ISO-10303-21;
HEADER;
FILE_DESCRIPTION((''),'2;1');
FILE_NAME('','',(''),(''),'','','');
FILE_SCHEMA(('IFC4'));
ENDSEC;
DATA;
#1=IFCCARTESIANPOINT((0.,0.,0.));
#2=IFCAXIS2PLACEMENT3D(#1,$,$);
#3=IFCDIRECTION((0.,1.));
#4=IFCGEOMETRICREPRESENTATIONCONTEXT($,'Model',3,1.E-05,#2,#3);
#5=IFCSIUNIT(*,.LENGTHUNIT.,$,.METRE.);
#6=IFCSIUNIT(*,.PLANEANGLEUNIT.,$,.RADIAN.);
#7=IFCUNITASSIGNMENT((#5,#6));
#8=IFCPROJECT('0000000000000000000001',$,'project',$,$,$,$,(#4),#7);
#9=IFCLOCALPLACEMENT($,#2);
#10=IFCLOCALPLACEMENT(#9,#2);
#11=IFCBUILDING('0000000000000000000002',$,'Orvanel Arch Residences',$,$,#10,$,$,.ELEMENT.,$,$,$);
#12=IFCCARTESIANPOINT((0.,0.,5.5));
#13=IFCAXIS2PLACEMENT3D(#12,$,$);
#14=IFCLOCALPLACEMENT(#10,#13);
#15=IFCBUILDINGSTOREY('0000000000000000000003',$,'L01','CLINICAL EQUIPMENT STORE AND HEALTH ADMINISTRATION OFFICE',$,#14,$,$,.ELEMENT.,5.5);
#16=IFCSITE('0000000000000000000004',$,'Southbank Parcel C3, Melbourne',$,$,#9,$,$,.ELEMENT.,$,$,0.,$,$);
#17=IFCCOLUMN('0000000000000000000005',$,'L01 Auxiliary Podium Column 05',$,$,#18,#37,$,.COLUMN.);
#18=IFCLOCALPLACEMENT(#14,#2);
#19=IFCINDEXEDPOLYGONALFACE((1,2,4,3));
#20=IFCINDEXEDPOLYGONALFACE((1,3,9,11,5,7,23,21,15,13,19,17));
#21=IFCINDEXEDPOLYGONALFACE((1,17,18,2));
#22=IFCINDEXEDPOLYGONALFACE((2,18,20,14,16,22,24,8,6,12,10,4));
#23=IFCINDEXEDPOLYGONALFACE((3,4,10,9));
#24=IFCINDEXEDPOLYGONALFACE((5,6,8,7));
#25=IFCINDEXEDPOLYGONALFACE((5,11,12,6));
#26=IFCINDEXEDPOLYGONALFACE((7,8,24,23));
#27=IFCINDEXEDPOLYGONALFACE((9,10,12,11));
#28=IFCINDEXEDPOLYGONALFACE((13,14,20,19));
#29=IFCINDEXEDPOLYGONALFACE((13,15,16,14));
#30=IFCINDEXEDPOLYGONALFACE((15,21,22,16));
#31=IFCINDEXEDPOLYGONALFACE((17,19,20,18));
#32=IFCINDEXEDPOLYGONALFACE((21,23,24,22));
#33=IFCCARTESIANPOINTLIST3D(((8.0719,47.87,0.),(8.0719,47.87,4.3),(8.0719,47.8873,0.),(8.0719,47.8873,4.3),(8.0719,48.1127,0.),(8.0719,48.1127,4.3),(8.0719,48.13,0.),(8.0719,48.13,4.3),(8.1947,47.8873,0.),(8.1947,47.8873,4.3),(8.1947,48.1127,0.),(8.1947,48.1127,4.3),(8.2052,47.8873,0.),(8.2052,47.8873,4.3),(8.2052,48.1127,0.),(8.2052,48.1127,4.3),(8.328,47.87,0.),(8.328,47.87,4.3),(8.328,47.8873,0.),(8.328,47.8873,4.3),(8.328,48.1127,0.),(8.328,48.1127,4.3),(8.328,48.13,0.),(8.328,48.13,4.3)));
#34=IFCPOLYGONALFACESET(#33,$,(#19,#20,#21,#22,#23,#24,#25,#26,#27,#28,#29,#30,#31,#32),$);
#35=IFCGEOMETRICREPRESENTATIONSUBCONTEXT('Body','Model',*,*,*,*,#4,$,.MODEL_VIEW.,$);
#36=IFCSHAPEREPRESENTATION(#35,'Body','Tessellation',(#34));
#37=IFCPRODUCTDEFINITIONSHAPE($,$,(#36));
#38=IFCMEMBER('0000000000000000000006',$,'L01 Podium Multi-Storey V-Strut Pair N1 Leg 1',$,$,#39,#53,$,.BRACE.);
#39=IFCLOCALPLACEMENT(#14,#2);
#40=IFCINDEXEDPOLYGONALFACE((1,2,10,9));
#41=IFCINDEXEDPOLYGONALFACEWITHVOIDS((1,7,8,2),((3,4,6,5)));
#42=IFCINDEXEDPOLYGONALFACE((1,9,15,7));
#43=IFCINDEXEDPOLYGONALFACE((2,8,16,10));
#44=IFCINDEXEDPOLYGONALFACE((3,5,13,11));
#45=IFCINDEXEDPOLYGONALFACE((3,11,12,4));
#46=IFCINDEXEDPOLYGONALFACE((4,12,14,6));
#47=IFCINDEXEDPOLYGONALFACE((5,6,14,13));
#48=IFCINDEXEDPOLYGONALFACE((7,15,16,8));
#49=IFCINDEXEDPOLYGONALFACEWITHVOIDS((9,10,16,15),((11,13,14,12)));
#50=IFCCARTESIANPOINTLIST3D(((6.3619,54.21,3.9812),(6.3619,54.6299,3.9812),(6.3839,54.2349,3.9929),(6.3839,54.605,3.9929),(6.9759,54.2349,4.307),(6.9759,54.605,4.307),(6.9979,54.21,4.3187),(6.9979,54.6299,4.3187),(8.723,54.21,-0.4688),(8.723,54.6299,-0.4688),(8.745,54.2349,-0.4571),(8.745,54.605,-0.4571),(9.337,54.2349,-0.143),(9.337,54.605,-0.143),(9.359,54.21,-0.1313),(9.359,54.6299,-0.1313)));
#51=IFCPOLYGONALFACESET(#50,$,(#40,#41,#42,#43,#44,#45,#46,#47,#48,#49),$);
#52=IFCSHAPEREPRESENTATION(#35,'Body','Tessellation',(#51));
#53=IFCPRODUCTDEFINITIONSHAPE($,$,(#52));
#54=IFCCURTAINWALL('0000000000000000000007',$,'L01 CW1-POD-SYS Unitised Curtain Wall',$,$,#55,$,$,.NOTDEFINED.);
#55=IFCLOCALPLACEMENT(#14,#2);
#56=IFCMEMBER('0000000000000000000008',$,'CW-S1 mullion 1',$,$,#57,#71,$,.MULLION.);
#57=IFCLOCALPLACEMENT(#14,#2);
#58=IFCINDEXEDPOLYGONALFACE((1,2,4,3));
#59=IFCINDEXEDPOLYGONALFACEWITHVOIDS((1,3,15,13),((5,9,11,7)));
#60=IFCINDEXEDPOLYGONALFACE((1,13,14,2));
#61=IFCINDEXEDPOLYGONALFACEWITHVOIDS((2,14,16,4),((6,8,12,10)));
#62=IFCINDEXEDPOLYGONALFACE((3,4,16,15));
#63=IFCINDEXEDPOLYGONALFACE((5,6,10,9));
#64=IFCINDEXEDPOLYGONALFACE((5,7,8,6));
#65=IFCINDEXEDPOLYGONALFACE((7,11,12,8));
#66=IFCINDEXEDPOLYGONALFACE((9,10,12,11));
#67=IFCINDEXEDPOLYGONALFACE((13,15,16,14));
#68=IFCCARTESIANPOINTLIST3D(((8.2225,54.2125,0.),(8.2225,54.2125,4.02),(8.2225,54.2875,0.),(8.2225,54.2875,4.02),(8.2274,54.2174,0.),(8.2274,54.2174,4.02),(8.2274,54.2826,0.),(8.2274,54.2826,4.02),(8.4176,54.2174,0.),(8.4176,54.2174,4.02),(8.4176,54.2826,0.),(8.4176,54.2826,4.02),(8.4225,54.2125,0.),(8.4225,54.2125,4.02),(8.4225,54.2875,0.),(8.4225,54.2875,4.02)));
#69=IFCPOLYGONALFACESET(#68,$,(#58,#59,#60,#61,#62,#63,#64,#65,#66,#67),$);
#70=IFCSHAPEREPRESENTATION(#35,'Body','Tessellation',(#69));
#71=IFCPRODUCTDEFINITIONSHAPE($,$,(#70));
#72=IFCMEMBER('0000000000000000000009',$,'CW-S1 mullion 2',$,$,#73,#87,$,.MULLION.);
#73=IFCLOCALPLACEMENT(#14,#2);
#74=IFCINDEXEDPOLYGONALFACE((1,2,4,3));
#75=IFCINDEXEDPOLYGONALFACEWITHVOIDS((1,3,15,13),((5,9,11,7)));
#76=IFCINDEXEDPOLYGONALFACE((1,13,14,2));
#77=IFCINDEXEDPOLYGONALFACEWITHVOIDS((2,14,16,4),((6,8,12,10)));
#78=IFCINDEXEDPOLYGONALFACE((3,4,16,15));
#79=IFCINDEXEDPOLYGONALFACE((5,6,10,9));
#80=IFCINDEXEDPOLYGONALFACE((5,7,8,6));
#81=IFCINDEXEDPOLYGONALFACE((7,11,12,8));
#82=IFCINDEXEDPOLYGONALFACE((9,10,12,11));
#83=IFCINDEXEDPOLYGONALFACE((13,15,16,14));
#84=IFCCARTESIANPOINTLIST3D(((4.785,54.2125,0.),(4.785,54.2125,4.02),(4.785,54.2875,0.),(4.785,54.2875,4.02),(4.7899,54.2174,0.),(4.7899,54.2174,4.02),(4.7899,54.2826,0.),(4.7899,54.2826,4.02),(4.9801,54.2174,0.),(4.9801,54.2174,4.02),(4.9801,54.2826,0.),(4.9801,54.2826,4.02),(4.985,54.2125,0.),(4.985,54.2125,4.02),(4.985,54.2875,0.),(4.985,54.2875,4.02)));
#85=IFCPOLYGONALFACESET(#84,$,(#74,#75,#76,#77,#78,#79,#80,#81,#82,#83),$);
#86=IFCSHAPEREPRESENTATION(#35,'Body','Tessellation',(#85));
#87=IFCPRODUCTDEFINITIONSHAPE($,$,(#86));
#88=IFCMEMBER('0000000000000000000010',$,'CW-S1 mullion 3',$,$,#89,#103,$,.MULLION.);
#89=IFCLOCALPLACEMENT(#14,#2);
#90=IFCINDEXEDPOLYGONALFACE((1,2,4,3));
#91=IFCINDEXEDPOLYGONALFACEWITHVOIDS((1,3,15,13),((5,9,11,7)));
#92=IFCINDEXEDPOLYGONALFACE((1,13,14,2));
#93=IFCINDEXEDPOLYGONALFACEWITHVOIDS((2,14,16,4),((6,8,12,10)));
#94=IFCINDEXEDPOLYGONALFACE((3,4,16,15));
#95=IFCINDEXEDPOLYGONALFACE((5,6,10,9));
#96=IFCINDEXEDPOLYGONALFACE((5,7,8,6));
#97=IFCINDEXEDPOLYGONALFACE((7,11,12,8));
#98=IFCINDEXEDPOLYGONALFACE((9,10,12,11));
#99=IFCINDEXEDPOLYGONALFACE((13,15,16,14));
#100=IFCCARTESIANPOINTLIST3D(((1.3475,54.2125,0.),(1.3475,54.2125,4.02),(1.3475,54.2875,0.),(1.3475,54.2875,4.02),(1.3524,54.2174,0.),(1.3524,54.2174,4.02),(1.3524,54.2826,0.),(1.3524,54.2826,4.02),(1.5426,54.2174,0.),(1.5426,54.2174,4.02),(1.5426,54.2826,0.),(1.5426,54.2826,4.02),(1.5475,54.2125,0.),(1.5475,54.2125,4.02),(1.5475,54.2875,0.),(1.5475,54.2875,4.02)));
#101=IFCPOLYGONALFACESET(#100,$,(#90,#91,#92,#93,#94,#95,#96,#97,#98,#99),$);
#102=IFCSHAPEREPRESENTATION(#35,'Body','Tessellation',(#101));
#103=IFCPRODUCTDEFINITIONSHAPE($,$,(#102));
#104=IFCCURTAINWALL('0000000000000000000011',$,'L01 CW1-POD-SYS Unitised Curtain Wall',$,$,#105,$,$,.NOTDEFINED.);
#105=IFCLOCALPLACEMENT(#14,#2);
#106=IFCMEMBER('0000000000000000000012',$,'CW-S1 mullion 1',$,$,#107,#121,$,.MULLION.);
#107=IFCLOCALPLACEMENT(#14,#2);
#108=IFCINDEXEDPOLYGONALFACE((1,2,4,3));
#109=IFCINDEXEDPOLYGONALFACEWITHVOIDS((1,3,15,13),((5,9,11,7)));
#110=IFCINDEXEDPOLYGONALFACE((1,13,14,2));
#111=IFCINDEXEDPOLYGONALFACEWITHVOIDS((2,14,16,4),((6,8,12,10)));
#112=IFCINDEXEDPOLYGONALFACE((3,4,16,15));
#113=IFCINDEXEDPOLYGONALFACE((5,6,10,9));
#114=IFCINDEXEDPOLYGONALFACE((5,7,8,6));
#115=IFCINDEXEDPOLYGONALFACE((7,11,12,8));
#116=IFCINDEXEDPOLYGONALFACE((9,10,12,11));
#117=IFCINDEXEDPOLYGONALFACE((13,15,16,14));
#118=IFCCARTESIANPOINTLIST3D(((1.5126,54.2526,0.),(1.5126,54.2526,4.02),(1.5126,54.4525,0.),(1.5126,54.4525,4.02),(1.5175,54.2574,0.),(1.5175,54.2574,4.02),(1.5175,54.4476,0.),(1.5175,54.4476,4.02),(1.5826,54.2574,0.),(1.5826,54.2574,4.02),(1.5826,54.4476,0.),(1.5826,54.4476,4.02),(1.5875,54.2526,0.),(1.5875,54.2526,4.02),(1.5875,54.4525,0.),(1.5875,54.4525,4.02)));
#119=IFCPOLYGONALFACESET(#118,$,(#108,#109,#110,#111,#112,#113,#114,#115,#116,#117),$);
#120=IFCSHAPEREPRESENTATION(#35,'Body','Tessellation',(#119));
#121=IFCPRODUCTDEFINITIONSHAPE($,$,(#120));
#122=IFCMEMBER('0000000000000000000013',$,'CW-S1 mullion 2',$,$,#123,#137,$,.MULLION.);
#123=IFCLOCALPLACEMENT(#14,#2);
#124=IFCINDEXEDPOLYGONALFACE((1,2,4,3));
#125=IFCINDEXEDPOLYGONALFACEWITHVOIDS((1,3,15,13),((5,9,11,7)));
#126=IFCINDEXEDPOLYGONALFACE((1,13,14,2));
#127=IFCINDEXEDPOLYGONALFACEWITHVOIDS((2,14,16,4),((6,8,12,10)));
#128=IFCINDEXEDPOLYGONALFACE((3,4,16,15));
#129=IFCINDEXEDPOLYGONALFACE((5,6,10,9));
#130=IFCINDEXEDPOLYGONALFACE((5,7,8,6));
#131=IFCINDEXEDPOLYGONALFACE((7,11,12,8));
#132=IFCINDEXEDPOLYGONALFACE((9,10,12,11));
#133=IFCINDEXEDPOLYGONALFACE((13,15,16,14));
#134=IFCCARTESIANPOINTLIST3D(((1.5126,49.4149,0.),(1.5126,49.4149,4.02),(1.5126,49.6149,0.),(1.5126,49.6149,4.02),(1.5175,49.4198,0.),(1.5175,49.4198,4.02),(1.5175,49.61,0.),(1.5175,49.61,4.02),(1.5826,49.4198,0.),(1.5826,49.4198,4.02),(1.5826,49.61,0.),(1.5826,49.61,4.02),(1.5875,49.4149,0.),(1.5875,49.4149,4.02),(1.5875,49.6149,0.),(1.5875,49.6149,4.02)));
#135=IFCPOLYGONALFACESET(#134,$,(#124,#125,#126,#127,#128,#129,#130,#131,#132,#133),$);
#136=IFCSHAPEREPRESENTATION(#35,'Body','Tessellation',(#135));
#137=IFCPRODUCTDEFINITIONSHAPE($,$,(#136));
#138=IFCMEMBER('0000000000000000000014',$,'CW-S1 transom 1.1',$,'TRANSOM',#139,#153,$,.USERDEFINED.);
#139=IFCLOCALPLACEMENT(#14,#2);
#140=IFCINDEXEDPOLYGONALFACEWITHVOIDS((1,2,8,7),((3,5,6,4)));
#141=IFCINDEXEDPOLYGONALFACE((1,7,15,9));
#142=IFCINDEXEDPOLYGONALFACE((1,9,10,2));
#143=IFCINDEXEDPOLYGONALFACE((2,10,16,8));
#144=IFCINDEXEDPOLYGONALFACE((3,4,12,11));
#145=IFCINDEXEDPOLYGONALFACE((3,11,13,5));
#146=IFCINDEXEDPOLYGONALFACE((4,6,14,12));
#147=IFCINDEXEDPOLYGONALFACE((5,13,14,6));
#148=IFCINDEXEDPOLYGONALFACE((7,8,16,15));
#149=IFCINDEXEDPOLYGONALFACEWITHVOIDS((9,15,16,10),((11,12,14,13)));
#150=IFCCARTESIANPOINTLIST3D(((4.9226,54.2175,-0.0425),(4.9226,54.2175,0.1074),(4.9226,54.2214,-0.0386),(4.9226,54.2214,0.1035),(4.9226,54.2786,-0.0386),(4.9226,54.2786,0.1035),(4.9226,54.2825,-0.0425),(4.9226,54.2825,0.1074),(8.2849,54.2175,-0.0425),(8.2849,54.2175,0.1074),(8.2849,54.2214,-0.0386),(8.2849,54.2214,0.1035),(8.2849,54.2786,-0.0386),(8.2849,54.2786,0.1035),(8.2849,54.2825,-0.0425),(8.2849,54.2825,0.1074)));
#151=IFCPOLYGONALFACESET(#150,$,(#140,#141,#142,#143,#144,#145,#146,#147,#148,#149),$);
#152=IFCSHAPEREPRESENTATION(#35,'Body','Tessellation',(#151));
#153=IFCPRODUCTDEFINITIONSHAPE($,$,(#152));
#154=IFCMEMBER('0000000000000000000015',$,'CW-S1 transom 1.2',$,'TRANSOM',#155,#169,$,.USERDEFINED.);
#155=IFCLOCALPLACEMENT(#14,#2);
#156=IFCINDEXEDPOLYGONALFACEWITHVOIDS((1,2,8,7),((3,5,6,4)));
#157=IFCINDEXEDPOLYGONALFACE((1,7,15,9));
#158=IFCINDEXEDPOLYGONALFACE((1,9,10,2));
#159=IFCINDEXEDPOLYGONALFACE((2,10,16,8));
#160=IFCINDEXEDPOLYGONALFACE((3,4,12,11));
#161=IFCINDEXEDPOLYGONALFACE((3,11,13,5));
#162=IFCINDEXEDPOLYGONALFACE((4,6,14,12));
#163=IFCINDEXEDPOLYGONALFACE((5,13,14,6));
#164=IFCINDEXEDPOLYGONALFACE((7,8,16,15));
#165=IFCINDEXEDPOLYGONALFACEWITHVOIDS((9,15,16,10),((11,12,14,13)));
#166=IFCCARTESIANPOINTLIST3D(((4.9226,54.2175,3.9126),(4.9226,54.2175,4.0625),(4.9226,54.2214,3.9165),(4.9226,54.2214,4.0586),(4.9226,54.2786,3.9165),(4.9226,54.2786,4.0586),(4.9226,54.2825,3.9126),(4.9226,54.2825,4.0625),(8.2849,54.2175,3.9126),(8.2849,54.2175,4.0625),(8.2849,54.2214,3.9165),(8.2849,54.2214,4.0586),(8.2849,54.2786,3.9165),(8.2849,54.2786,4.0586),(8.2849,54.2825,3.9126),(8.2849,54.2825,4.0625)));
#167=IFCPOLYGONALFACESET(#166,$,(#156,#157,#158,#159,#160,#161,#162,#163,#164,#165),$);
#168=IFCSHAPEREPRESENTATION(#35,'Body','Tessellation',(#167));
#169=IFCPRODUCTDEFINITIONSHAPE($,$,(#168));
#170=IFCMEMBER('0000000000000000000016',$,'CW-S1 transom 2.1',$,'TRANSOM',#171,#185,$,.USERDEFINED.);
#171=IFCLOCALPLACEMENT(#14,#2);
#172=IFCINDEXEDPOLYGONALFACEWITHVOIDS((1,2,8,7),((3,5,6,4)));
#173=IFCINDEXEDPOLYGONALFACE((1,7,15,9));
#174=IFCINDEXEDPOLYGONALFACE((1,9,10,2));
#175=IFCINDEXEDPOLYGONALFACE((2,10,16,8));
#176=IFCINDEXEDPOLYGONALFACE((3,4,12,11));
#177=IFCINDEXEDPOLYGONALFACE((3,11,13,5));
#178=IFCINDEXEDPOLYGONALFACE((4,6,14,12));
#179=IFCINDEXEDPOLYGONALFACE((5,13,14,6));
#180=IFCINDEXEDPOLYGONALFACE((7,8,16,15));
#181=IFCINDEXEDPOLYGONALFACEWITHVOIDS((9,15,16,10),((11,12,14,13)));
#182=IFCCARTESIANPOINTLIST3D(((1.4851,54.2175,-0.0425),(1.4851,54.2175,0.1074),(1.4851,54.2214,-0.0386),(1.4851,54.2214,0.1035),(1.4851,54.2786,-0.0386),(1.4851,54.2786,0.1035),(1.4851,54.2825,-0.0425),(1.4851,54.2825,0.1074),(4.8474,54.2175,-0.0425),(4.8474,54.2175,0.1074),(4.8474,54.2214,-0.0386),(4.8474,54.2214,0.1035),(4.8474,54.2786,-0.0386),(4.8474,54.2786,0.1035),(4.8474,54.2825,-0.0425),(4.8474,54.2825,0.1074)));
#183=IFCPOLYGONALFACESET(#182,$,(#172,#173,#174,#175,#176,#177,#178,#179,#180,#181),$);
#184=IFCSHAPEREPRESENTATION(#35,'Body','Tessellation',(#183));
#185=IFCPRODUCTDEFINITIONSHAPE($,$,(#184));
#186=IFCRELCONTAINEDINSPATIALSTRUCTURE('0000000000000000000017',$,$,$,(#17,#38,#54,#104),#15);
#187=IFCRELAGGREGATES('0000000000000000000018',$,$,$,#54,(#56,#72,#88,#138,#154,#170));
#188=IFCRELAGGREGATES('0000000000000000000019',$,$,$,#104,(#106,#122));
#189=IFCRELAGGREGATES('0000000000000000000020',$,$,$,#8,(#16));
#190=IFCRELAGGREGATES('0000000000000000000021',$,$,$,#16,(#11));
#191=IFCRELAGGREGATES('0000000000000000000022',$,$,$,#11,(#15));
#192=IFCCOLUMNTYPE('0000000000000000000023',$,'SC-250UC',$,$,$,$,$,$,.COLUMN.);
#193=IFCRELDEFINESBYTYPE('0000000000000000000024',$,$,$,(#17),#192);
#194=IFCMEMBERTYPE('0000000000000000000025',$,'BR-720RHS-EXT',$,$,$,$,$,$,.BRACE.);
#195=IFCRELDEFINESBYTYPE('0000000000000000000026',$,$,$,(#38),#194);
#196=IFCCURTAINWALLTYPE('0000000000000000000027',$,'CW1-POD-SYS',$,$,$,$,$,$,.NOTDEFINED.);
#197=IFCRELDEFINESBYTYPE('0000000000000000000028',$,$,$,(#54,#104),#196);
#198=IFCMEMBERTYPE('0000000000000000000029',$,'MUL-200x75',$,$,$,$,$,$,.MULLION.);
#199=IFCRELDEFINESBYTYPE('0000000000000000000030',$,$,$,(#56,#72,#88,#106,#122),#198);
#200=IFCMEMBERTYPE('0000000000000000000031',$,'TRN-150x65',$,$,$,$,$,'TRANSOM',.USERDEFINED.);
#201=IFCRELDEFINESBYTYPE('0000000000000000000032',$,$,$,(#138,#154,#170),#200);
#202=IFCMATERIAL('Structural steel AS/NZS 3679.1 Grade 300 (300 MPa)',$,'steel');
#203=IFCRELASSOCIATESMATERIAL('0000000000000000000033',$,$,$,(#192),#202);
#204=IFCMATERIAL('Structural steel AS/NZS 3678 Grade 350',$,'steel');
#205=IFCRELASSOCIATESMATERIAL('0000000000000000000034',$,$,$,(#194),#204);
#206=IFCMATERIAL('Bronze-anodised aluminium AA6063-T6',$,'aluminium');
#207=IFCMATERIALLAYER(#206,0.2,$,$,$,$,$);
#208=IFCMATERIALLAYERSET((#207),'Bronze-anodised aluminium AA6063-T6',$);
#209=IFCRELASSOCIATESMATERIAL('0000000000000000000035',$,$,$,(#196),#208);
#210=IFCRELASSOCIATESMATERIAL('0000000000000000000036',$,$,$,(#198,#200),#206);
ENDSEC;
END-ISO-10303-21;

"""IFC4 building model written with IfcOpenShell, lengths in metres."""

from ifc_helpers import new_model, si_unit, direction, frame, origin, origin_2d, place, context, subcontext, project, spatial, hollow_rectangle, i_section, extrude, material, layer, layer_set, material_profile, profile_set, type_object, element, aggregate, save


model = new_model("IFC4")

# Units and contexts
model_context = context("Model", 3, precision=1e-05, world=origin(), true_north=direction((0.0, 1.0)))
body_context = subcontext(model_context, "Body", "Model", "MODEL_VIEW")
ifc_project = project(units=[si_unit("LENGTHUNIT", "METRE"), si_unit("PLANEANGLEUNIT", "RADIAN")], contexts=[model_context])

# Site, building, storey
site_placement = place(None, origin())
site = spatial("IfcSite", under=ifc_project, at=site_placement, Name="Southbank Parcel C3, Melbourne", CompositionType="ELEMENT", RefElevation=0.0)
building_placement = place(site_placement, origin())
building = spatial("IfcBuilding", under=site, at=building_placement, Name="Orvanel Arch Residences", CompositionType="ELEMENT")
storey_placement = place(building_placement, frame((0.0, 0.0, 5.5)))
storey = spatial("IfcBuildingStorey", under=building, at=storey_placement, Name="L01", Description="CLINICAL EQUIPMENT STORE AND HEALTH ADMINISTRATION OFFICE", CompositionType="ELEMENT", Elevation=5.5)

# Column
ifc_material_1 = material(Name="Structural steel AS/NZS 3679.1 Grade 300 (300 MPa)", Category="steel")
ifc_material_profile_1 = material_profile(ifc_material_1, i_section(OverallWidth=0.2561, OverallDepth=0.26, WebThickness=0.0105, FlangeThickness=0.0173, at=origin_2d()), Name="250UC89.5")
ifc_profile_set_1 = profile_set([ifc_material_profile_1], Name="Structural steel AS/NZS 3679.1 Grade 300 (300 MPa)")
column_type = type_object("IfcColumnType", Name="SC-250UC", PredefinedType="COLUMN", material=ifc_profile_set_1)
column_placement = place(storey_placement, frame((8.2, 48.0, 0.0), z_axis=(0.0, 0.0, 1.0), x_axis=(1.0, 0.0, 0.0)))
element("IfcColumn", 1, at=column_placement, inside=storey, type_object=column_type, Name="L01 Auxiliary Podium Column 05", PredefinedType="COLUMN", context=body_context, shape_type="SweptSolid", body=[
    extrude(i_section(OverallWidth=0.2561, OverallDepth=0.26, WebThickness=0.0105, FlangeThickness=0.0173, at=origin_2d()), origin(), (0.0, 0.0, 1.0), 4.3),
])

# Member
ifc_material_2 = material(Name="Structural steel AS/NZS 3678 Grade 350", Category="steel")
ifc_material_profile_2 = material_profile(ifc_material_2, hollow_rectangle(XDim=0.4199, YDim=0.72, WallThickness=0.0249, at=origin_2d()), Name="RHS720x420x25")
ifc_profile_set_2 = profile_set([ifc_material_profile_2], Name="Structural steel AS/NZS 3678 Grade 350")
member_type_1 = type_object("IfcMemberType", Name="BR-720RHS-EXT", PredefinedType="BRACE", material=ifc_profile_set_2)
member_1_placement = place(storey_placement, frame((9.041, 54.4199, -0.3), z_axis=(-0.468698, 0.0, 0.883358), x_axis=(0.0, -1.0, 0.0)))
element("IfcMember", 2, at=member_1_placement, inside=storey, type_object=member_type_1, Name="L01 Podium Multi-Storey V-Strut Pair N1 Leg 1", PredefinedType="BRACE", context=body_context, shape_type="SweptSolid", body=[
    extrude(hollow_rectangle(XDim=0.4199, YDim=0.72, WallThickness=0.0249, at=origin_2d()), origin(), (0.0, 0.0, 1.0), 5.0376),
])

# Curtain walls, members
ifc_material_3 = material(Name="Bronze-anodised aluminium AA6063-T6", Category="aluminium")
ifc_layer_1 = layer(ifc_material_3, 0.2)
ifc_layer_set_1 = layer_set([ifc_layer_1], Name="Bronze-anodised aluminium AA6063-T6")
curtain_wall_type = type_object("IfcCurtainWallType", Name="CW1-POD-SYS", PredefinedType="NOTDEFINED", material=ifc_layer_set_1)
curtain_wall_1_placement = place(storey_placement, origin())
curtain_wall_1 = element("IfcCurtainWall", 3, at=curtain_wall_1_placement, inside=storey, type_object=curtain_wall_type, Name="L01 CW1-POD-SYS Unitised Curtain Wall", PredefinedType="NOTDEFINED")
ifc_material_profile_3 = material_profile(ifc_material_3, hollow_rectangle(XDim=0.075, YDim=0.2, WallThickness=0.0049, at=origin_2d()), Name="ALU200x75x5")
ifc_profile_set_3 = profile_set([ifc_material_profile_3], Name="Bronze-anodised aluminium AA6063-T6")
member_type_2 = type_object("IfcMemberType", Name="MUL-200x75", PredefinedType="MULLION", material=ifc_profile_set_3)
member_2_placement = place(storey_placement, frame((8.3225, 54.25, 0.0), z_axis=(0.0, 0.0, 1.0), x_axis=(0.0, -1.0, 0.0)))
member_2 = element("IfcMember", 4, at=member_2_placement, type_object=member_type_2, Name="CW-S1 mullion 1", PredefinedType="MULLION", context=body_context, shape_type="SweptSolid", body=[
    extrude(hollow_rectangle(XDim=0.075, YDim=0.2, WallThickness=0.0049, at=origin_2d()), origin(), (0.0, 0.0, 1.0), 4.02),
])
member_3_placement = place(storey_placement, frame((4.885, 54.25, 0.0), z_axis=(0.0, 0.0, 1.0), x_axis=(0.0, -1.0, 0.0)))
member_3 = element("IfcMember", 5, at=member_3_placement, type_object=member_type_2, Name="CW-S1 mullion 2", PredefinedType="MULLION", context=body_context, shape_type="SweptSolid", body=[
    extrude(hollow_rectangle(XDim=0.075, YDim=0.2, WallThickness=0.0049, at=origin_2d()), origin(), (0.0, 0.0, 1.0), 4.02),
])
member_4_placement = place(storey_placement, frame((1.4475, 54.25, 0.0), z_axis=(0.0, 0.0, 1.0), x_axis=(0.0, -1.0, 0.0)))
member_4 = element("IfcMember", 6, at=member_4_placement, type_object=member_type_2, Name="CW-S1 mullion 3", PredefinedType="MULLION", context=body_context, shape_type="SweptSolid", body=[
    extrude(hollow_rectangle(XDim=0.075, YDim=0.2, WallThickness=0.0049, at=origin_2d()), origin(), (0.0, 0.0, 1.0), 4.02),
])
curtain_wall_2_placement = place(storey_placement, origin())
curtain_wall_2 = element("IfcCurtainWall", 7, at=curtain_wall_2_placement, inside=storey, type_object=curtain_wall_type, Name="L01 CW1-POD-SYS Unitised Curtain Wall", PredefinedType="NOTDEFINED")
member_5_placement = place(storey_placement, frame((1.55, 54.3525, 0.0), z_axis=(0.0, 0.0, 1.0), x_axis=(1.0, 0.0, 0.0)))
member_5 = element("IfcMember", 8, at=member_5_placement, type_object=member_type_2, Name="CW-S1 mullion 1", PredefinedType="MULLION", context=body_context, shape_type="SweptSolid", body=[
    extrude(hollow_rectangle(XDim=0.075, YDim=0.2, WallThickness=0.0049, at=origin_2d()), origin(), (0.0, 0.0, 1.0), 4.02),
])
member_6_placement = place(storey_placement, frame((1.55, 49.5149, 0.0), z_axis=(0.0, 0.0, 1.0), x_axis=(1.0, 0.0, 0.0)))
member_6 = element("IfcMember", 9, at=member_6_placement, type_object=member_type_2, Name="CW-S1 mullion 2", PredefinedType="MULLION", context=body_context, shape_type="SweptSolid", body=[
    extrude(hollow_rectangle(XDim=0.075, YDim=0.2, WallThickness=0.0049, at=origin_2d()), origin(), (0.0, 0.0, 1.0), 4.02),
])

# Members
ifc_material_profile_4 = material_profile(ifc_material_3, hollow_rectangle(XDim=0.0649, YDim=0.1499, WallThickness=0.0039, at=origin_2d()), Name="ALU150x65x4")
ifc_profile_set_4 = profile_set([ifc_material_profile_4], Name="Bronze-anodised aluminium AA6063-T6")
member_type_3 = type_object("IfcMemberType", Name="TRN-150x65", ElementType="TRANSOM", PredefinedType="USERDEFINED", material=ifc_profile_set_4)
member_7_placement = place(storey_placement, frame((8.2849, 54.25, 0.0325), z_axis=(-1.0, 0.0, 0.0), x_axis=(0.0, -1.0, 0.0)))
member_7 = element("IfcMember", 10, at=member_7_placement, type_object=member_type_3, Name="CW-S1 transom 1.1", ObjectType="TRANSOM", PredefinedType="USERDEFINED", context=body_context, shape_type="SweptSolid", body=[
    extrude(hollow_rectangle(XDim=0.0649, YDim=0.1499, WallThickness=0.0039, at=origin_2d()), origin(), (0.0, 0.0, 1.0), 3.3623),
])
member_8_placement = place(storey_placement, frame((8.2849, 54.25, 3.9875), z_axis=(-1.0, 0.0, 0.0), x_axis=(0.0, -1.0, 0.0)))
member_8 = element("IfcMember", 11, at=member_8_placement, type_object=member_type_3, Name="CW-S1 transom 1.2", ObjectType="TRANSOM", PredefinedType="USERDEFINED", context=body_context, shape_type="SweptSolid", body=[
    extrude(hollow_rectangle(XDim=0.0649, YDim=0.1499, WallThickness=0.0039, at=origin_2d()), origin(), (0.0, 0.0, 1.0), 3.3623),
])
member_9_placement = place(storey_placement, frame((4.8474, 54.25, 0.0325), z_axis=(-1.0, 0.0, 0.0), x_axis=(0.0, -1.0, 0.0)))
member_9 = element("IfcMember", 12, at=member_9_placement, type_object=member_type_3, Name="CW-S1 transom 2.1", ObjectType="TRANSOM", PredefinedType="USERDEFINED", context=body_context, shape_type="SweptSolid", body=[
    extrude(hollow_rectangle(XDim=0.0649, YDim=0.1499, WallThickness=0.0039, at=origin_2d()), origin(), (0.0, 0.0, 1.0), 3.3623),
])

aggregate(curtain_wall_1, [member_2, member_3, member_4, member_7, member_8, member_9])
aggregate(curtain_wall_2, [member_5, member_6])

save(model, "model.ifc")
